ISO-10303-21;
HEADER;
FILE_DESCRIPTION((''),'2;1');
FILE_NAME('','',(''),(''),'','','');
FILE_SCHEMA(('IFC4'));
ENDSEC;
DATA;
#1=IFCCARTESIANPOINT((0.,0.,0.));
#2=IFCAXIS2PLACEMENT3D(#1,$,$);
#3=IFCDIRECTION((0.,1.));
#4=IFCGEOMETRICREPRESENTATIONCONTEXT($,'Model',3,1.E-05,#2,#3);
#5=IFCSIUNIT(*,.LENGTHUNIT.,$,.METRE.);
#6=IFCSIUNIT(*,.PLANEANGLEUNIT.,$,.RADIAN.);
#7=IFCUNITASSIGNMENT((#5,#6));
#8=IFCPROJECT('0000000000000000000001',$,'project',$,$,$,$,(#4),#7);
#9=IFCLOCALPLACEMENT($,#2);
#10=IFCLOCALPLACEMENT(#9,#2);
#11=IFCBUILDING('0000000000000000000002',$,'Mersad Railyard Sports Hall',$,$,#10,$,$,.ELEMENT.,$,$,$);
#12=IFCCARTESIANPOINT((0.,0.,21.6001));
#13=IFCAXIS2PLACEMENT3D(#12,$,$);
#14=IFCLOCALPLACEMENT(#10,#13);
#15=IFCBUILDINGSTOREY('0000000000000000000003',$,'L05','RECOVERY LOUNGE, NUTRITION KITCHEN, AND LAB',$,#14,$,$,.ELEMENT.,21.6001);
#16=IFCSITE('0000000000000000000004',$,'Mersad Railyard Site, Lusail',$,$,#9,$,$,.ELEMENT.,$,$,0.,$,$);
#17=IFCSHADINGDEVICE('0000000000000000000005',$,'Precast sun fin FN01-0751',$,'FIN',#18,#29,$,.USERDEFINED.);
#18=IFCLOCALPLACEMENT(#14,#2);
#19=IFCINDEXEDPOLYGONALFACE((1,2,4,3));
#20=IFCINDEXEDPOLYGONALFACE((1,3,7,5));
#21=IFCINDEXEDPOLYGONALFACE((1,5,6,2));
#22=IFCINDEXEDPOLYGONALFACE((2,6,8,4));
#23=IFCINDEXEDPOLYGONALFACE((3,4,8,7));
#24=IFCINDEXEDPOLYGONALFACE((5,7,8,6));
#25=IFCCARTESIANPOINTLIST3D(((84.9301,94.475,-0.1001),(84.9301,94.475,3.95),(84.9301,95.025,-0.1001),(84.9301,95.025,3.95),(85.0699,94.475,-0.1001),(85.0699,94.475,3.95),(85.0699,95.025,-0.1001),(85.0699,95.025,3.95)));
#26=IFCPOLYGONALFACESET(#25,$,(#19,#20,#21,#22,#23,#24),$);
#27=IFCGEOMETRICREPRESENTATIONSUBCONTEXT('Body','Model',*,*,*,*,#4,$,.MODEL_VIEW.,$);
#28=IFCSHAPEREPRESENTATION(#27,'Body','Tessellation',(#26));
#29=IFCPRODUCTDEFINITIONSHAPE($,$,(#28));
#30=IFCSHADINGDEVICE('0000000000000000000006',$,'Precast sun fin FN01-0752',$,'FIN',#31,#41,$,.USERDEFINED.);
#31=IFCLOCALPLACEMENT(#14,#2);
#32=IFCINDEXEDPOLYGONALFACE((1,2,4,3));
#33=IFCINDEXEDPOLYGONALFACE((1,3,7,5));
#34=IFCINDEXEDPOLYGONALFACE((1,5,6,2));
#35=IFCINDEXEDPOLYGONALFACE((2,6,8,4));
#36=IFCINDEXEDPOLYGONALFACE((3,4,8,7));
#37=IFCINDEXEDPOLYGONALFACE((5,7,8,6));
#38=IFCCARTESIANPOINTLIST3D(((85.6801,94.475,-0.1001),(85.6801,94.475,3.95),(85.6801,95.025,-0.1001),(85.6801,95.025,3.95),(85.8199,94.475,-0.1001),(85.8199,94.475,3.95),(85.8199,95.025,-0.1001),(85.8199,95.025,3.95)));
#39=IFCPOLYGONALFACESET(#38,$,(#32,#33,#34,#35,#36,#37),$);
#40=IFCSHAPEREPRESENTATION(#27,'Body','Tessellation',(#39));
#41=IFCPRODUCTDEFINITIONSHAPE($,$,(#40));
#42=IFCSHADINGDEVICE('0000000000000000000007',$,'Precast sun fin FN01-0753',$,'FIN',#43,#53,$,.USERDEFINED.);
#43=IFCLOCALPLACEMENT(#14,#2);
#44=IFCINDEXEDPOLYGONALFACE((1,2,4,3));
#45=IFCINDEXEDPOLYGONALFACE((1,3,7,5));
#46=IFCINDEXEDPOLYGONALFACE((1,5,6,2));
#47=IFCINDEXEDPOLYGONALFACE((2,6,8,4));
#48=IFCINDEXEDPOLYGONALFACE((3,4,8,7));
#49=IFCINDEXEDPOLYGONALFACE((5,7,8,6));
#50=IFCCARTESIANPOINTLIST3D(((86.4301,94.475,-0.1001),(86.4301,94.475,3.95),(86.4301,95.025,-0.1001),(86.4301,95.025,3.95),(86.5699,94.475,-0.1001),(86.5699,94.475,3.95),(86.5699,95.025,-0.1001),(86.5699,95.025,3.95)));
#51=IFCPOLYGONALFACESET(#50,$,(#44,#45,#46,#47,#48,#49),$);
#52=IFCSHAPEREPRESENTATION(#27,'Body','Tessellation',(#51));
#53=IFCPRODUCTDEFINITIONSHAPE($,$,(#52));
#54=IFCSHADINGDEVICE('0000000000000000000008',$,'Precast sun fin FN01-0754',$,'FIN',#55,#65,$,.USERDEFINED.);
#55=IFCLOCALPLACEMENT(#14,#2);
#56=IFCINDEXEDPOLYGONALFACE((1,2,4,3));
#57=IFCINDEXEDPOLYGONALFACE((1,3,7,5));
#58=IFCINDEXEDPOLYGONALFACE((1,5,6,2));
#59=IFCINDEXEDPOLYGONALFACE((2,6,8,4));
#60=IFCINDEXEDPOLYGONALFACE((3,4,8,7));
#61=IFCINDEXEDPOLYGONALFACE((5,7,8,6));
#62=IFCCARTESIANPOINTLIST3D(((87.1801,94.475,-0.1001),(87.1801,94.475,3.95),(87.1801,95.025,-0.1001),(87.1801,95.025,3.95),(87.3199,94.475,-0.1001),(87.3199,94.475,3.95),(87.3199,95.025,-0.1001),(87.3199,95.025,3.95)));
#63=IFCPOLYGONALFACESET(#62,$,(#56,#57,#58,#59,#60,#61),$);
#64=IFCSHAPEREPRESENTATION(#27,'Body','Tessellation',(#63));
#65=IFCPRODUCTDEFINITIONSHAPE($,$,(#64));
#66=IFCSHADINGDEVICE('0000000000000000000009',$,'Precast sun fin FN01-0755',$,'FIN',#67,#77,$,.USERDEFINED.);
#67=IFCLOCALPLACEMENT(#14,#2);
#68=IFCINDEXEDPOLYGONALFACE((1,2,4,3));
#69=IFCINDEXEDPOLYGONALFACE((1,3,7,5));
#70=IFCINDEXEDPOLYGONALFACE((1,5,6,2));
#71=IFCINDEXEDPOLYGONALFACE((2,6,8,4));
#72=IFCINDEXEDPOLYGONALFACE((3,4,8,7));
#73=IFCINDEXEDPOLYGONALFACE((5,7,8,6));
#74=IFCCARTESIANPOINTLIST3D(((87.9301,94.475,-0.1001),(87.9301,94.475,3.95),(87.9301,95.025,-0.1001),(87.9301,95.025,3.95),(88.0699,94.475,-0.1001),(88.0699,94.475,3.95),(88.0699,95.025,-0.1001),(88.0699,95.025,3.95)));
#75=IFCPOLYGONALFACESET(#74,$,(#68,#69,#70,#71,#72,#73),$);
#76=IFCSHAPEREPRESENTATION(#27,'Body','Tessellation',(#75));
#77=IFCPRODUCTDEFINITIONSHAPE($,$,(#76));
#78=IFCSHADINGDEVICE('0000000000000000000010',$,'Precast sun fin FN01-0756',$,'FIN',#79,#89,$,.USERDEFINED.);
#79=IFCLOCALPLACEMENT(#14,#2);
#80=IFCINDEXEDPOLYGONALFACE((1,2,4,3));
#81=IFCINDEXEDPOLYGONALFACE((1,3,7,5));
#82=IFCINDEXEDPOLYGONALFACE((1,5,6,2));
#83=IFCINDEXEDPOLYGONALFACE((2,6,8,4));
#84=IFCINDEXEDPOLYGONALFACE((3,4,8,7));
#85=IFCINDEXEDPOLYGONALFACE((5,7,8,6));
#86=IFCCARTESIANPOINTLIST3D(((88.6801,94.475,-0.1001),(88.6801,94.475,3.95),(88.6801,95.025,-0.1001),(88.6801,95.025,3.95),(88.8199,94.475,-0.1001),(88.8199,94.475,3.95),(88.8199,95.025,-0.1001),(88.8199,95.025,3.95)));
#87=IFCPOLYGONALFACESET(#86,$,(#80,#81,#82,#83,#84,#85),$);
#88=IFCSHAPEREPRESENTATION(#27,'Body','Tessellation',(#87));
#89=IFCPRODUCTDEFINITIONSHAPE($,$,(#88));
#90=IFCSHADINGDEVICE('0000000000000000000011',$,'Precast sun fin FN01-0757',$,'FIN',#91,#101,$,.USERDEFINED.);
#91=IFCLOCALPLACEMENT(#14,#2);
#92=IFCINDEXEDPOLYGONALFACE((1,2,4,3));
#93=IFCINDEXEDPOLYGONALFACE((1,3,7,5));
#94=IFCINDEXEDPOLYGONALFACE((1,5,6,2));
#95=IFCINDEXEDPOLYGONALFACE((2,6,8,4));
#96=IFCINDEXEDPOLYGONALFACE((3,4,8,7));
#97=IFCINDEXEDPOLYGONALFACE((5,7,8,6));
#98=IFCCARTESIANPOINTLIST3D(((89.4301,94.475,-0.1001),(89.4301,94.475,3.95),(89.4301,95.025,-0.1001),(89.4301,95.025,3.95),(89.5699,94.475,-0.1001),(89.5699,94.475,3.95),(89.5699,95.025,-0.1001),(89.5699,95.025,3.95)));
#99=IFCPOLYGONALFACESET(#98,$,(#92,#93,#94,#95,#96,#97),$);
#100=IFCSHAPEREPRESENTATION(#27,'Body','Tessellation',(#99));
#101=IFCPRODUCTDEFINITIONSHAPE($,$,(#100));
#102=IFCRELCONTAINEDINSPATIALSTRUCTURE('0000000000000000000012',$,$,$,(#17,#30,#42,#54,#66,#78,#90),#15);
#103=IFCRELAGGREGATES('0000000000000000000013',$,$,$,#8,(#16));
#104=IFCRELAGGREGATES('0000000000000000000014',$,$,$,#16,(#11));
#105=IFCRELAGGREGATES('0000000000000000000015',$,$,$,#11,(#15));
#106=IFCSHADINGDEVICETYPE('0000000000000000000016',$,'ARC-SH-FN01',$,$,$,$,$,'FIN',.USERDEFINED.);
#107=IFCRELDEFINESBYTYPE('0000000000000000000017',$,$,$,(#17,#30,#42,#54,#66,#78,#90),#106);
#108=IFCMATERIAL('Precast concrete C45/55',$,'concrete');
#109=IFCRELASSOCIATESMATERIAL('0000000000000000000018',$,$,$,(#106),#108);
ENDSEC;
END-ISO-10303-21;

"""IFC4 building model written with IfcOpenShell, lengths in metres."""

from ifc_helpers import new_model, si_unit, direction, frame, origin, origin_2d, place, context, subcontext, project, spatial, rectangle, extrude, material, type_object, element, save


model = new_model("IFC4")

# Units and contexts
model_context = context("Model", 3, precision=1e-05, world=origin(), true_north=direction((0.0, 1.0)))
body_context = subcontext(model_context, "Body", "Model", "MODEL_VIEW")
ifc_project = project(units=[si_unit("LENGTHUNIT", "METRE"), si_unit("PLANEANGLEUNIT", "RADIAN")], contexts=[model_context])

# Site, building, storey
site_placement = place(None, origin())
site = spatial("IfcSite", under=ifc_project, at=site_placement, Name="Mersad Railyard Site, Lusail", CompositionType="ELEMENT", RefElevation=0.0)
building_placement = place(site_placement, origin())
building = spatial("IfcBuilding", under=site, at=building_placement, Name="Mersad Railyard Sports Hall", CompositionType="ELEMENT")
storey_placement = place(building_placement, frame((0.0, 0.0, 21.6001)))
storey = spatial("IfcBuildingStorey", under=building, at=storey_placement, Name="L05", Description="RECOVERY LOUNGE, NUTRITION KITCHEN, AND LAB", CompositionType="ELEMENT", Elevation=21.6001)

# Shared definitions
ifc_material_1 = material(Name="Precast concrete C45/55", Category="concrete")

# Shading devices
shading_device_type = type_object("IfcShadingDeviceType", Name="ARC-SH-FN01", ElementType="FIN", PredefinedType="USERDEFINED", material=ifc_material_1)
for number, where, z_axis, x_axis, name in (
    (1, (85.0, 94.75, -0.1001), (0.0, 0.0, 1.0), (1.0, 0.0, 0.0), "Precast sun fin FN01-0751"),
    (2, (85.75, 94.75, -0.1001), (0.0, 0.0, 1.0), (1.0, 0.0, 0.0), "Precast sun fin FN01-0752"),
    (3, (86.5, 94.75, -0.1001), (0.0, 0.0, 1.0), (1.0, 0.0, 0.0), "Precast sun fin FN01-0753"),
    (4, (87.25, 94.75, -0.1001), (0.0, 0.0, 1.0), (1.0, 0.0, 0.0), "Precast sun fin FN01-0754"),
    (5, (88.0, 94.75, -0.1001), (0.0, 0.0, 1.0), (1.0, 0.0, 0.0), "Precast sun fin FN01-0755"),
    (6, (88.75, 94.75, -0.1001), (0.0, 0.0, 1.0), (1.0, 0.0, 0.0), "Precast sun fin FN01-0756"),
    (7, (89.5, 94.75, -0.1001), (0.0, 0.0, 1.0), (1.0, 0.0, 0.0), "Precast sun fin FN01-0757"),
):
    element("IfcShadingDevice", number, at=place(storey_placement, frame(where, z_axis=z_axis, x_axis=x_axis)), inside=storey, type_object=shading_device_type, Name=name, ObjectType="FIN", PredefinedType="USERDEFINED", context=body_context, shape_type="SweptSolid", body=[
        extrude(rectangle(XDim=0.1399, YDim=0.55, at=origin_2d()), origin(), (0.0, 0.0, 1.0), 4.05),
    ])

save(model, "model.ifc")
